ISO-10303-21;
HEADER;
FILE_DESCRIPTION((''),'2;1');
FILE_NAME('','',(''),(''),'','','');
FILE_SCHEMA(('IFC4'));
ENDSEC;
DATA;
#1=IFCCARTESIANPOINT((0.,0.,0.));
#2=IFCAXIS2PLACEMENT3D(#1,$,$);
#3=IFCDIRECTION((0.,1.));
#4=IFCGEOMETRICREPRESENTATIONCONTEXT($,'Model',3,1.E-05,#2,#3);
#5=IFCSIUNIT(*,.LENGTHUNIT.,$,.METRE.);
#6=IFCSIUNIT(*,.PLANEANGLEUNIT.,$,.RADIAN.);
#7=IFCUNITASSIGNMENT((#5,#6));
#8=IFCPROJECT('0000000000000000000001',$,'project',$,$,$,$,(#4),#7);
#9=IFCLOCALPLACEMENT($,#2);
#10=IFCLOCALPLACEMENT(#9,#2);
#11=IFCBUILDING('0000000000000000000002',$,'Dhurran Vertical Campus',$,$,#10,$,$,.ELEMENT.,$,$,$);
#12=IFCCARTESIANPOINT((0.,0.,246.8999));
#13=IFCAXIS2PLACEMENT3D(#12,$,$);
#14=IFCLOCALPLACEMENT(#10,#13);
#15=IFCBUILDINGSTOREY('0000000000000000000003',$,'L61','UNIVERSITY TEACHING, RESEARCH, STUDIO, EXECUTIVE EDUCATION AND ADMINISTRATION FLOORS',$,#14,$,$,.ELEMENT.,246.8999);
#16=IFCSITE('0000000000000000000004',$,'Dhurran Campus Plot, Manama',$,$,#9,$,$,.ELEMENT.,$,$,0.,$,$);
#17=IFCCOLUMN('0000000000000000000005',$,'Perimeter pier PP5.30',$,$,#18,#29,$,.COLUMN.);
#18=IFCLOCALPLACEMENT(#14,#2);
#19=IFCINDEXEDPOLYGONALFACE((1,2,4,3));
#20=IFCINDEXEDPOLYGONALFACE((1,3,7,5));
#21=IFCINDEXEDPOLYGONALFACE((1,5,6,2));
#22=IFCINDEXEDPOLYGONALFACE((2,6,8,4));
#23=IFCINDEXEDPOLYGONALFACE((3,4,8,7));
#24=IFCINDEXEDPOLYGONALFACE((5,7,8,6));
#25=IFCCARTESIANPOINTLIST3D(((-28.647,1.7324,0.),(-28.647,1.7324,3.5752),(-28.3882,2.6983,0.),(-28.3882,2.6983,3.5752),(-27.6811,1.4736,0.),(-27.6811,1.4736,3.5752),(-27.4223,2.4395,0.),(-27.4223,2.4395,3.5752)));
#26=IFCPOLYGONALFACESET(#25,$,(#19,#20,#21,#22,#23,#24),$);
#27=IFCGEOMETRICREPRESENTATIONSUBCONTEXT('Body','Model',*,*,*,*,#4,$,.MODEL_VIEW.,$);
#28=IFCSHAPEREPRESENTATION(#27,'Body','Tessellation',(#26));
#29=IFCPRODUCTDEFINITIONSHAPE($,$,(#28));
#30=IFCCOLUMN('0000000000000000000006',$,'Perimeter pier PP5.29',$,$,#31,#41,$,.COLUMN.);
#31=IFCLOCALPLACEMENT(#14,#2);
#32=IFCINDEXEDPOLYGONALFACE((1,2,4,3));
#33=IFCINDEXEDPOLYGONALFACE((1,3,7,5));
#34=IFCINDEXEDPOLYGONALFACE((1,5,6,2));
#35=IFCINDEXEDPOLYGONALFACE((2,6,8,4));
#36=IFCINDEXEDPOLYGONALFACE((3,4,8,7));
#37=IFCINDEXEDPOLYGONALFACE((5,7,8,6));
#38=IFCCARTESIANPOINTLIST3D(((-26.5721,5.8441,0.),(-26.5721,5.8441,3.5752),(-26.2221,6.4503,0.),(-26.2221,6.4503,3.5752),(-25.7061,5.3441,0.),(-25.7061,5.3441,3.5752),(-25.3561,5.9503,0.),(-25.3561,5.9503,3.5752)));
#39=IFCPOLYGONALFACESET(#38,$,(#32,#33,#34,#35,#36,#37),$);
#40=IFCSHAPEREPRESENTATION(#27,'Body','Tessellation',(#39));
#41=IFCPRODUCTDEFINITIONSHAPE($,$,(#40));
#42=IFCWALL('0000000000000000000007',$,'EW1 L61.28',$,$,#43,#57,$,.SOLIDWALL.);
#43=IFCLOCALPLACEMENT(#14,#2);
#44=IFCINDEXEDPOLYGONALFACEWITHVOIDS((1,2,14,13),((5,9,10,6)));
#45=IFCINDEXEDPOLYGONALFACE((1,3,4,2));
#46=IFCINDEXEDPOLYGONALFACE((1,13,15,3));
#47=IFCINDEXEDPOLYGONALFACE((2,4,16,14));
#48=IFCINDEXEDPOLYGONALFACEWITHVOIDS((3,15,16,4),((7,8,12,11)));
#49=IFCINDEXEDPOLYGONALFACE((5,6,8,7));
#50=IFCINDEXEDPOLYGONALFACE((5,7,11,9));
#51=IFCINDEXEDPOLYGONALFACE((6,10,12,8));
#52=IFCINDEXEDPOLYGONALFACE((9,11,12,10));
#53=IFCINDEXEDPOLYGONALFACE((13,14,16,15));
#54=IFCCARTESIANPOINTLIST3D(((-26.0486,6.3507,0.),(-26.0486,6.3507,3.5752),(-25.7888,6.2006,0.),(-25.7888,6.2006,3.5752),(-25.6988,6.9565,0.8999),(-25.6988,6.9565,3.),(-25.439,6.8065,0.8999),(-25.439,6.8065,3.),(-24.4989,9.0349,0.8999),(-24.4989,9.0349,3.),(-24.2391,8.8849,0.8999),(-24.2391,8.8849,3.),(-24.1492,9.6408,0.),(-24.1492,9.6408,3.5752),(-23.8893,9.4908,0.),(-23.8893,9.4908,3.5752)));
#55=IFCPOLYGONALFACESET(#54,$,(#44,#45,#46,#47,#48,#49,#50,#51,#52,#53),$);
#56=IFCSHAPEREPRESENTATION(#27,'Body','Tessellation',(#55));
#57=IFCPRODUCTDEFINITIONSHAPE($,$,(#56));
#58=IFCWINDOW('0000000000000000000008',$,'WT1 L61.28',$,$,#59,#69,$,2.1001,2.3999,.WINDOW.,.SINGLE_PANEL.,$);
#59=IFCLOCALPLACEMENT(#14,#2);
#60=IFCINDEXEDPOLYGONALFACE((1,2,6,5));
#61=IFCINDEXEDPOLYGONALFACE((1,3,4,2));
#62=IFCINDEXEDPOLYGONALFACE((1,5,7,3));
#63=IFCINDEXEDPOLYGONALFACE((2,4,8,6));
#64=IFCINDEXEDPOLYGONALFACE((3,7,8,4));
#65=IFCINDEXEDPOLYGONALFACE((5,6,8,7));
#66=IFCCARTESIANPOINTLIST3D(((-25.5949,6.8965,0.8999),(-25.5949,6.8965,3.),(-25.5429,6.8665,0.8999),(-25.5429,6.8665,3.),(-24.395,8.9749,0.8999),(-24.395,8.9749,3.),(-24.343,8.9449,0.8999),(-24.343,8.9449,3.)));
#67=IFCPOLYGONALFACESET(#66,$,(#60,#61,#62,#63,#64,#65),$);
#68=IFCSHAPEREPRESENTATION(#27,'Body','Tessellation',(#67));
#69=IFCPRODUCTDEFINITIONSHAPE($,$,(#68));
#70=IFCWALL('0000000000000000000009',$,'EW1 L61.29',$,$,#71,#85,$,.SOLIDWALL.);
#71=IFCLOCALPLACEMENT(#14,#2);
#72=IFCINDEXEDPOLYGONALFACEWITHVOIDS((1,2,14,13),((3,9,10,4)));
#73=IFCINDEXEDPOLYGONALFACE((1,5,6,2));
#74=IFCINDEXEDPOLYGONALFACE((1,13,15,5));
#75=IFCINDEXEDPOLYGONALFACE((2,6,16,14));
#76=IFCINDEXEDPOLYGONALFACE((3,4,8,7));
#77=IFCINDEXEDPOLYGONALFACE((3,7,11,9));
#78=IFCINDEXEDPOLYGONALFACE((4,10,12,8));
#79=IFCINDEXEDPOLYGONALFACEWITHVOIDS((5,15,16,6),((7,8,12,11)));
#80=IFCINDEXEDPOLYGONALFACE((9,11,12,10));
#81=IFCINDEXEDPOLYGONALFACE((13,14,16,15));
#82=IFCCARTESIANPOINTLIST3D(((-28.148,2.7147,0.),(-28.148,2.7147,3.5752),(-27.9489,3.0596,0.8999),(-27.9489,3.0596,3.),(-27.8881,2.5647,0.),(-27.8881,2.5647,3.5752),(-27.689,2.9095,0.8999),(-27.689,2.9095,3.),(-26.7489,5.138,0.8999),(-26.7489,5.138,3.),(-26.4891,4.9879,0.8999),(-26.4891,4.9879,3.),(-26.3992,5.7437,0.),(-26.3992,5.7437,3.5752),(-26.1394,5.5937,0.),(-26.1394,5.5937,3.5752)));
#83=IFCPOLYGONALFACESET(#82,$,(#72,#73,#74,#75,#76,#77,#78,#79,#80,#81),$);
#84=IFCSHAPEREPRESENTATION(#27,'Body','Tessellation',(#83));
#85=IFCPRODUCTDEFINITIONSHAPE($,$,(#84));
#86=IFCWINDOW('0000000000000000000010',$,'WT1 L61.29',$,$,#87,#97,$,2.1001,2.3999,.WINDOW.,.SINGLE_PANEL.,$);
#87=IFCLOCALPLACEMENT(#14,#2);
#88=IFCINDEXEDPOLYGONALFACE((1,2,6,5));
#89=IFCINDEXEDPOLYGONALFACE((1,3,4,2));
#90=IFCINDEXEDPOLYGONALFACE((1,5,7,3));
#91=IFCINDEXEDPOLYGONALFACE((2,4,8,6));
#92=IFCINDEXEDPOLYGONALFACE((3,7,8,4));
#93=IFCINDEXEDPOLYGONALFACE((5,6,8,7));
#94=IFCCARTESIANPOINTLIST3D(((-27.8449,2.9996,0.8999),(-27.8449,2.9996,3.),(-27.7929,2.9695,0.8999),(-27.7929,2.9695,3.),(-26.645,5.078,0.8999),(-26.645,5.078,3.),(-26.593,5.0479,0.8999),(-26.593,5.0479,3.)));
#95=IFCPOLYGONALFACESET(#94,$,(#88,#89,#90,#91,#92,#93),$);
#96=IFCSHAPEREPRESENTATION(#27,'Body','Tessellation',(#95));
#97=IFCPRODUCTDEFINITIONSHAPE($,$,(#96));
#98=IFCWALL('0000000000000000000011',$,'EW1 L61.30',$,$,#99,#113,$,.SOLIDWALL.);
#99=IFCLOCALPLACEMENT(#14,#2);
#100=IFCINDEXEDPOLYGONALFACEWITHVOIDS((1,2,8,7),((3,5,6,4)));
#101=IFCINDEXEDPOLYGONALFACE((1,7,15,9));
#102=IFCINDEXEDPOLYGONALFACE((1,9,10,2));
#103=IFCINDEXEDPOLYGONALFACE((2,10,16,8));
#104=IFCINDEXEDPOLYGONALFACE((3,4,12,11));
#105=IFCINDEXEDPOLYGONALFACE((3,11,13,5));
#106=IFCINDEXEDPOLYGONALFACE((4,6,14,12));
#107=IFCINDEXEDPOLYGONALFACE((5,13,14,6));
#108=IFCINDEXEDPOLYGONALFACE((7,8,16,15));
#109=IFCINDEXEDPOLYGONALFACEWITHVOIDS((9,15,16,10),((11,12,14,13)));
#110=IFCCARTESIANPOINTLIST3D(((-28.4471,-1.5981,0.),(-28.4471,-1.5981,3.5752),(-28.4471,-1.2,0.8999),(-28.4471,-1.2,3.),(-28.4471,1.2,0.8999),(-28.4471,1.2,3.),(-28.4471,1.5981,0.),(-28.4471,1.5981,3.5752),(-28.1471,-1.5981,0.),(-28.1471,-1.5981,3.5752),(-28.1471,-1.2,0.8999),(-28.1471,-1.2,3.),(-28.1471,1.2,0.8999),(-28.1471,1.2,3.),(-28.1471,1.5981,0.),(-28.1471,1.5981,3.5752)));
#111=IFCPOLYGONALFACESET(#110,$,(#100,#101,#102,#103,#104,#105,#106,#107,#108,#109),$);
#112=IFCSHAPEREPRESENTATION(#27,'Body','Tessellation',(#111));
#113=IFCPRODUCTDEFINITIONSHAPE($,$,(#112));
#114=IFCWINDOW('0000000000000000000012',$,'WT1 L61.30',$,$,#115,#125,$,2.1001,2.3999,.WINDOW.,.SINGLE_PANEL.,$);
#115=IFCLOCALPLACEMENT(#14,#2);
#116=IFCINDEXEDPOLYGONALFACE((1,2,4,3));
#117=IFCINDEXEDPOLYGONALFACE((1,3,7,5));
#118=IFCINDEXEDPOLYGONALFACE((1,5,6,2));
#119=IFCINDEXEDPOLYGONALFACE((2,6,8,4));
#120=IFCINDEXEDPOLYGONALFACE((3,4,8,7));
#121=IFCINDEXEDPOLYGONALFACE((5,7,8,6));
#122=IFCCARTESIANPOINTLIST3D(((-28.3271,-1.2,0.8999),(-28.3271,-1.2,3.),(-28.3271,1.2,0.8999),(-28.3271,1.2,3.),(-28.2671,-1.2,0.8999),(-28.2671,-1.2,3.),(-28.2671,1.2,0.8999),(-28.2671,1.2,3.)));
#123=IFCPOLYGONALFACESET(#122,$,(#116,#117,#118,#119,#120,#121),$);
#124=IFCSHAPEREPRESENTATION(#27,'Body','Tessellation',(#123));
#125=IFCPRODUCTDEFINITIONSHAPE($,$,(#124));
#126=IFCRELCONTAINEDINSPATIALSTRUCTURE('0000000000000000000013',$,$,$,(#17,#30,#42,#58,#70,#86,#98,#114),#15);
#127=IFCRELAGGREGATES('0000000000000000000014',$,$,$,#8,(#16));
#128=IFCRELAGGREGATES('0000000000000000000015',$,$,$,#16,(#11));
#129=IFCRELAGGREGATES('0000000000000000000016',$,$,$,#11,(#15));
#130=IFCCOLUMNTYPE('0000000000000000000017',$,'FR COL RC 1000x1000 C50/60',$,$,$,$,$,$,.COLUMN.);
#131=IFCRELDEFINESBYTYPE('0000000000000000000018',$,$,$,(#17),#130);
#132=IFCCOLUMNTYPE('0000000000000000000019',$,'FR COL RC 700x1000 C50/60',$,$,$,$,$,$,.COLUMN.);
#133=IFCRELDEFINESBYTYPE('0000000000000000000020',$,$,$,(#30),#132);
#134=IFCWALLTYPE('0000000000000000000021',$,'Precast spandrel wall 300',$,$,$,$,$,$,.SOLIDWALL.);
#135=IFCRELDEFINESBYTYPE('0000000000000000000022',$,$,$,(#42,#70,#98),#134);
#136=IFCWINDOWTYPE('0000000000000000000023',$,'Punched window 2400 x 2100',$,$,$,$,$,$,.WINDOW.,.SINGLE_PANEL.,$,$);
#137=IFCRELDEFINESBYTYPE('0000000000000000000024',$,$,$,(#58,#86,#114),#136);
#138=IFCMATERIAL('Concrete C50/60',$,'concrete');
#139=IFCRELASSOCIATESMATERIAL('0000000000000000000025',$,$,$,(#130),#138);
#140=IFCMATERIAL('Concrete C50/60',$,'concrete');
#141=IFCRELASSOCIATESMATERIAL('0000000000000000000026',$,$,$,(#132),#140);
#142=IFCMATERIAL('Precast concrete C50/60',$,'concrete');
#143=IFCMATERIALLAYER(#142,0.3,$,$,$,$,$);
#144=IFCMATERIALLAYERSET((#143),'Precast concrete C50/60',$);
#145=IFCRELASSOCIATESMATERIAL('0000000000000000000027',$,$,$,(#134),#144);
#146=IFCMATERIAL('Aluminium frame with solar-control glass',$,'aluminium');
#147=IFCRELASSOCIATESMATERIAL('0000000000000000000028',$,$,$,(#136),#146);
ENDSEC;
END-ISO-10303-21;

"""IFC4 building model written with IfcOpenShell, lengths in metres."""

from ifc_helpers import new_model, si_unit, direction, frame, frame_2d, origin, origin_2d, place, context, subcontext, project, spatial, rectangle, extrude, material, layer, layer_set, material_profile, profile_set, type_object, element, fill, save


model = new_model("IFC4")

# Units and contexts
model_context = context("Model", 3, precision=1e-05, world=origin(), true_north=direction((0.0, 1.0)))
body_context = subcontext(model_context, "Body", "Model", "MODEL_VIEW")
ifc_project = project(units=[si_unit("LENGTHUNIT", "METRE"), si_unit("PLANEANGLEUNIT", "RADIAN")], contexts=[model_context])

# Site, building, storey
site_placement = place(None, origin())
site = spatial("IfcSite", under=ifc_project, at=site_placement, Name="Dhurran Campus Plot, Manama", CompositionType="ELEMENT", RefElevation=0.0)
building_placement = place(site_placement, origin())
building = spatial("IfcBuilding", under=site, at=building_placement, Name="Dhurran Vertical Campus", CompositionType="ELEMENT")
storey_placement = place(building_placement, frame((0.0, 0.0, 246.8999)))
storey = spatial("IfcBuildingStorey", under=building, at=storey_placement, Name="L61", Description="UNIVERSITY TEACHING, RESEARCH, STUDIO, EXECUTIVE EDUCATION AND ADMINISTRATION FLOORS", CompositionType="ELEMENT", Elevation=246.8999)

# Columns
ifc_material_1 = material(Name="Concrete C50/60", Category="concrete")
ifc_material_profile_1 = material_profile(ifc_material_1, rectangle(XDim=1.0, YDim=1.0, at=origin_2d()), Name="RC 1000x1000")
ifc_profile_set_1 = profile_set([ifc_material_profile_1], Name="Concrete C50/60")
column_type_1 = type_object("IfcColumnType", Name="FR COL RC 1000x1000 C50/60", PredefinedType="COLUMN", material=ifc_profile_set_1)
column_1_placement = place(storey_placement, frame((-28.0347, 2.0859, 0.0), z_axis=(0.0, 0.0, 1.0), x_axis=(-0.258819, -0.965926, 0.0)))
element("IfcColumn", 1, at=column_1_placement, inside=storey, type_object=column_type_1, Name="Perimeter pier PP5.30", PredefinedType="COLUMN", context=body_context, shape_type="SweptSolid", body=[
    extrude(rectangle(XDim=1.0, YDim=1.0, at=origin_2d()), origin(), (0.0, 0.0, 1.0), 3.5752),
])
ifc_material_2 = material(Name="Concrete C50/60", Category="concrete")
ifc_material_profile_2 = material_profile(ifc_material_2, rectangle(XDim=0.7, YDim=1.0, at=origin_2d()), Name="RC 700x1000")
ifc_profile_set_2 = profile_set([ifc_material_profile_2], Name="Concrete C50/60")
column_type_2 = type_object("IfcColumnType", Name="FR COL RC 700x1000 C50/60", PredefinedType="COLUMN", material=ifc_profile_set_2)
column_2_placement = place(storey_placement, frame((-25.9641, 5.8972, 0.0), z_axis=(0.0, 0.0, 1.0), x_axis=(-0.5, -0.866025, 0.0)))
element("IfcColumn", 2, at=column_2_placement, inside=storey, type_object=column_type_2, Name="Perimeter pier PP5.29", PredefinedType="COLUMN", context=body_context, shape_type="SweptSolid", body=[
    extrude(rectangle(XDim=0.7, YDim=1.0, at=origin_2d()), origin(), (0.0, 0.0, 1.0), 3.5752),
])

# Walls, openings, windows
ifc_material_3 = material(Name="Precast concrete C50/60", Category="concrete")
ifc_layer_1 = layer(ifc_material_3, 0.3)
ifc_layer_set_1 = layer_set([ifc_layer_1], Name="Precast concrete C50/60")
wall_type_1 = type_object("IfcWallType", Name="Precast spandrel wall 300", PredefinedType="SOLIDWALL", material=ifc_layer_set_1)
wall_1_placement = place(storey_placement, frame((-24.0193, 9.5657, 0.0), z_axis=(0.0, 0.0, 1.0), x_axis=(-0.499982, -0.866036, 0.0)))
wall_1 = element("IfcWall", 3, at=wall_1_placement, inside=storey, type_object=wall_type_1, Name="EW1 L61.28", PredefinedType="SOLIDWALL", context=body_context, shape_type="SweptSolid", body=[
    extrude(rectangle(XDim=3.7991, YDim=0.3, at=frame_2d((1.8994, 0.0))), origin(), (0.0, 0.0, 1.0), 3.5752),
])
opening_1_placement = place(wall_1_placement, frame((0.6995, 0.0, 0.8999)))
opening_1 = element("IfcOpeningElement", 4, at=opening_1_placement, cuts=wall_1, PredefinedType="OPENING", context=body_context, shape_type="SweptSolid", body=[
    extrude(rectangle(XDim=2.3999, YDim=2.1001, at=frame_2d((1.2, 1.05))), frame((0.0, 0.1599, 0.0), z_axis=(0.0, -1.0, 0.0), x_axis=(1.0, 0.0, 0.0)), (0.0, 0.0, 1.0), 0.3201),
])
ifc_material_4 = material(Name="Aluminium frame with solar-control glass", Category="aluminium")
window_type = type_object("IfcWindowType", Name="Punched window 2400 x 2100", PartitioningType="SINGLE_PANEL", PredefinedType="WINDOW", material=ifc_material_4)
window_1_placement = place(opening_1_placement, origin())
window_1 = element("IfcWindow", 5, at=window_1_placement, inside=storey, type_object=window_type, Name="WT1 L61.28", OverallHeight=2.1001, OverallWidth=2.3999, PartitioningType="SINGLE_PANEL", PredefinedType="WINDOW", context=body_context, shape_type="SweptSolid", body=[
    extrude(rectangle(XDim=2.3999, YDim=2.1001, at=frame_2d((1.2, 1.05))), frame((0.0, 0.03, 0.0), z_axis=(0.0, -1.0, 0.0), x_axis=(1.0, 0.0, 0.0)), (0.0, 0.0, 1.0), 0.0601),
])
fill(opening_1, window_1)
wall_2_placement = place(storey_placement, frame((-26.2693, 5.6687, 0.0), z_axis=(0.0, 0.0, 1.0), x_axis=(-0.49999, -0.866031, 0.0)))
wall_2 = element("IfcWall", 6, at=wall_2_placement, inside=storey, type_object=wall_type_1, Name="EW1 L61.29", PredefinedType="SOLIDWALL", context=body_context, shape_type="SweptSolid", body=[
    extrude(rectangle(XDim=3.4976, YDim=0.3, at=frame_2d((1.7488, 0.0))), origin(), (0.0, 0.0, 1.0), 3.5752),
])
opening_2_placement = place(wall_2_placement, frame((0.6995, 0.0, 0.8999)))
opening_2 = element("IfcOpeningElement", 7, at=opening_2_placement, cuts=wall_2, PredefinedType="OPENING", context=body_context, shape_type="SweptSolid", body=[
    extrude(rectangle(XDim=2.3999, YDim=2.1001, at=frame_2d((1.2, 1.05))), frame((0.0, 0.1599, 0.0), z_axis=(0.0, -1.0, 0.0), x_axis=(1.0, 0.0, 0.0)), (0.0, 0.0, 1.0), 0.3201),
])
window_2_placement = place(opening_2_placement, origin())
window_2 = element("IfcWindow", 8, at=window_2_placement, inside=storey, type_object=window_type, Name="WT1 L61.29", OverallHeight=2.1001, OverallWidth=2.3999, PartitioningType="SINGLE_PANEL", PredefinedType="WINDOW", context=body_context, shape_type="SweptSolid", body=[
    extrude(rectangle(XDim=2.3999, YDim=2.1001, at=frame_2d((1.2, 1.05))), frame((0.0, 0.03, 0.0), z_axis=(0.0, -1.0, 0.0), x_axis=(1.0, 0.0, 0.0)), (0.0, 0.0, 1.0), 0.0601),
])
fill(opening_2, window_2)
wall_3_placement = place(storey_placement, frame((-28.2971, 1.5981, 0.0), z_axis=(0.0, 0.0, 1.0), x_axis=(0.0, -1.0, 0.0)))
wall_3 = element("IfcWall", 9, at=wall_3_placement, inside=storey, type_object=wall_type_1, Name="EW1 L61.30", PredefinedType="SOLIDWALL", context=body_context, shape_type="SweptSolid", body=[
    extrude(rectangle(XDim=3.1963, YDim=0.3, at=frame_2d((1.5981, 0.0))), origin(), (0.0, 0.0, 1.0), 3.5752),
])
opening_3_placement = place(wall_3_placement, frame((0.3982, 0.0, 0.8999)))
opening_3 = element("IfcOpeningElement", 10, at=opening_3_placement, cuts=wall_3, PredefinedType="OPENING", context=body_context, shape_type="SweptSolid", body=[
    extrude(rectangle(XDim=2.3999, YDim=2.1001, at=frame_2d((1.2, 1.05))), frame((0.0, 0.1599, 0.0), z_axis=(0.0, -1.0, 0.0), x_axis=(1.0, 0.0, 0.0)), (0.0, 0.0, 1.0), 0.3201),
])
window_3_placement = place(opening_3_placement, origin())
window_3 = element("IfcWindow", 11, at=window_3_placement, inside=storey, type_object=window_type, Name="WT1 L61.30", OverallHeight=2.1001, OverallWidth=2.3999, PartitioningType="SINGLE_PANEL", PredefinedType="WINDOW", context=body_context, shape_type="SweptSolid", body=[
    extrude(rectangle(XDim=2.3999, YDim=2.1001, at=frame_2d((1.2, 1.05))), frame((0.0, 0.03, 0.0), z_axis=(0.0, -1.0, 0.0), x_axis=(1.0, 0.0, 0.0)), (0.0, 0.0, 1.0), 0.0601),
])
fill(opening_3, window_3)

save(model, "model.ifc")
